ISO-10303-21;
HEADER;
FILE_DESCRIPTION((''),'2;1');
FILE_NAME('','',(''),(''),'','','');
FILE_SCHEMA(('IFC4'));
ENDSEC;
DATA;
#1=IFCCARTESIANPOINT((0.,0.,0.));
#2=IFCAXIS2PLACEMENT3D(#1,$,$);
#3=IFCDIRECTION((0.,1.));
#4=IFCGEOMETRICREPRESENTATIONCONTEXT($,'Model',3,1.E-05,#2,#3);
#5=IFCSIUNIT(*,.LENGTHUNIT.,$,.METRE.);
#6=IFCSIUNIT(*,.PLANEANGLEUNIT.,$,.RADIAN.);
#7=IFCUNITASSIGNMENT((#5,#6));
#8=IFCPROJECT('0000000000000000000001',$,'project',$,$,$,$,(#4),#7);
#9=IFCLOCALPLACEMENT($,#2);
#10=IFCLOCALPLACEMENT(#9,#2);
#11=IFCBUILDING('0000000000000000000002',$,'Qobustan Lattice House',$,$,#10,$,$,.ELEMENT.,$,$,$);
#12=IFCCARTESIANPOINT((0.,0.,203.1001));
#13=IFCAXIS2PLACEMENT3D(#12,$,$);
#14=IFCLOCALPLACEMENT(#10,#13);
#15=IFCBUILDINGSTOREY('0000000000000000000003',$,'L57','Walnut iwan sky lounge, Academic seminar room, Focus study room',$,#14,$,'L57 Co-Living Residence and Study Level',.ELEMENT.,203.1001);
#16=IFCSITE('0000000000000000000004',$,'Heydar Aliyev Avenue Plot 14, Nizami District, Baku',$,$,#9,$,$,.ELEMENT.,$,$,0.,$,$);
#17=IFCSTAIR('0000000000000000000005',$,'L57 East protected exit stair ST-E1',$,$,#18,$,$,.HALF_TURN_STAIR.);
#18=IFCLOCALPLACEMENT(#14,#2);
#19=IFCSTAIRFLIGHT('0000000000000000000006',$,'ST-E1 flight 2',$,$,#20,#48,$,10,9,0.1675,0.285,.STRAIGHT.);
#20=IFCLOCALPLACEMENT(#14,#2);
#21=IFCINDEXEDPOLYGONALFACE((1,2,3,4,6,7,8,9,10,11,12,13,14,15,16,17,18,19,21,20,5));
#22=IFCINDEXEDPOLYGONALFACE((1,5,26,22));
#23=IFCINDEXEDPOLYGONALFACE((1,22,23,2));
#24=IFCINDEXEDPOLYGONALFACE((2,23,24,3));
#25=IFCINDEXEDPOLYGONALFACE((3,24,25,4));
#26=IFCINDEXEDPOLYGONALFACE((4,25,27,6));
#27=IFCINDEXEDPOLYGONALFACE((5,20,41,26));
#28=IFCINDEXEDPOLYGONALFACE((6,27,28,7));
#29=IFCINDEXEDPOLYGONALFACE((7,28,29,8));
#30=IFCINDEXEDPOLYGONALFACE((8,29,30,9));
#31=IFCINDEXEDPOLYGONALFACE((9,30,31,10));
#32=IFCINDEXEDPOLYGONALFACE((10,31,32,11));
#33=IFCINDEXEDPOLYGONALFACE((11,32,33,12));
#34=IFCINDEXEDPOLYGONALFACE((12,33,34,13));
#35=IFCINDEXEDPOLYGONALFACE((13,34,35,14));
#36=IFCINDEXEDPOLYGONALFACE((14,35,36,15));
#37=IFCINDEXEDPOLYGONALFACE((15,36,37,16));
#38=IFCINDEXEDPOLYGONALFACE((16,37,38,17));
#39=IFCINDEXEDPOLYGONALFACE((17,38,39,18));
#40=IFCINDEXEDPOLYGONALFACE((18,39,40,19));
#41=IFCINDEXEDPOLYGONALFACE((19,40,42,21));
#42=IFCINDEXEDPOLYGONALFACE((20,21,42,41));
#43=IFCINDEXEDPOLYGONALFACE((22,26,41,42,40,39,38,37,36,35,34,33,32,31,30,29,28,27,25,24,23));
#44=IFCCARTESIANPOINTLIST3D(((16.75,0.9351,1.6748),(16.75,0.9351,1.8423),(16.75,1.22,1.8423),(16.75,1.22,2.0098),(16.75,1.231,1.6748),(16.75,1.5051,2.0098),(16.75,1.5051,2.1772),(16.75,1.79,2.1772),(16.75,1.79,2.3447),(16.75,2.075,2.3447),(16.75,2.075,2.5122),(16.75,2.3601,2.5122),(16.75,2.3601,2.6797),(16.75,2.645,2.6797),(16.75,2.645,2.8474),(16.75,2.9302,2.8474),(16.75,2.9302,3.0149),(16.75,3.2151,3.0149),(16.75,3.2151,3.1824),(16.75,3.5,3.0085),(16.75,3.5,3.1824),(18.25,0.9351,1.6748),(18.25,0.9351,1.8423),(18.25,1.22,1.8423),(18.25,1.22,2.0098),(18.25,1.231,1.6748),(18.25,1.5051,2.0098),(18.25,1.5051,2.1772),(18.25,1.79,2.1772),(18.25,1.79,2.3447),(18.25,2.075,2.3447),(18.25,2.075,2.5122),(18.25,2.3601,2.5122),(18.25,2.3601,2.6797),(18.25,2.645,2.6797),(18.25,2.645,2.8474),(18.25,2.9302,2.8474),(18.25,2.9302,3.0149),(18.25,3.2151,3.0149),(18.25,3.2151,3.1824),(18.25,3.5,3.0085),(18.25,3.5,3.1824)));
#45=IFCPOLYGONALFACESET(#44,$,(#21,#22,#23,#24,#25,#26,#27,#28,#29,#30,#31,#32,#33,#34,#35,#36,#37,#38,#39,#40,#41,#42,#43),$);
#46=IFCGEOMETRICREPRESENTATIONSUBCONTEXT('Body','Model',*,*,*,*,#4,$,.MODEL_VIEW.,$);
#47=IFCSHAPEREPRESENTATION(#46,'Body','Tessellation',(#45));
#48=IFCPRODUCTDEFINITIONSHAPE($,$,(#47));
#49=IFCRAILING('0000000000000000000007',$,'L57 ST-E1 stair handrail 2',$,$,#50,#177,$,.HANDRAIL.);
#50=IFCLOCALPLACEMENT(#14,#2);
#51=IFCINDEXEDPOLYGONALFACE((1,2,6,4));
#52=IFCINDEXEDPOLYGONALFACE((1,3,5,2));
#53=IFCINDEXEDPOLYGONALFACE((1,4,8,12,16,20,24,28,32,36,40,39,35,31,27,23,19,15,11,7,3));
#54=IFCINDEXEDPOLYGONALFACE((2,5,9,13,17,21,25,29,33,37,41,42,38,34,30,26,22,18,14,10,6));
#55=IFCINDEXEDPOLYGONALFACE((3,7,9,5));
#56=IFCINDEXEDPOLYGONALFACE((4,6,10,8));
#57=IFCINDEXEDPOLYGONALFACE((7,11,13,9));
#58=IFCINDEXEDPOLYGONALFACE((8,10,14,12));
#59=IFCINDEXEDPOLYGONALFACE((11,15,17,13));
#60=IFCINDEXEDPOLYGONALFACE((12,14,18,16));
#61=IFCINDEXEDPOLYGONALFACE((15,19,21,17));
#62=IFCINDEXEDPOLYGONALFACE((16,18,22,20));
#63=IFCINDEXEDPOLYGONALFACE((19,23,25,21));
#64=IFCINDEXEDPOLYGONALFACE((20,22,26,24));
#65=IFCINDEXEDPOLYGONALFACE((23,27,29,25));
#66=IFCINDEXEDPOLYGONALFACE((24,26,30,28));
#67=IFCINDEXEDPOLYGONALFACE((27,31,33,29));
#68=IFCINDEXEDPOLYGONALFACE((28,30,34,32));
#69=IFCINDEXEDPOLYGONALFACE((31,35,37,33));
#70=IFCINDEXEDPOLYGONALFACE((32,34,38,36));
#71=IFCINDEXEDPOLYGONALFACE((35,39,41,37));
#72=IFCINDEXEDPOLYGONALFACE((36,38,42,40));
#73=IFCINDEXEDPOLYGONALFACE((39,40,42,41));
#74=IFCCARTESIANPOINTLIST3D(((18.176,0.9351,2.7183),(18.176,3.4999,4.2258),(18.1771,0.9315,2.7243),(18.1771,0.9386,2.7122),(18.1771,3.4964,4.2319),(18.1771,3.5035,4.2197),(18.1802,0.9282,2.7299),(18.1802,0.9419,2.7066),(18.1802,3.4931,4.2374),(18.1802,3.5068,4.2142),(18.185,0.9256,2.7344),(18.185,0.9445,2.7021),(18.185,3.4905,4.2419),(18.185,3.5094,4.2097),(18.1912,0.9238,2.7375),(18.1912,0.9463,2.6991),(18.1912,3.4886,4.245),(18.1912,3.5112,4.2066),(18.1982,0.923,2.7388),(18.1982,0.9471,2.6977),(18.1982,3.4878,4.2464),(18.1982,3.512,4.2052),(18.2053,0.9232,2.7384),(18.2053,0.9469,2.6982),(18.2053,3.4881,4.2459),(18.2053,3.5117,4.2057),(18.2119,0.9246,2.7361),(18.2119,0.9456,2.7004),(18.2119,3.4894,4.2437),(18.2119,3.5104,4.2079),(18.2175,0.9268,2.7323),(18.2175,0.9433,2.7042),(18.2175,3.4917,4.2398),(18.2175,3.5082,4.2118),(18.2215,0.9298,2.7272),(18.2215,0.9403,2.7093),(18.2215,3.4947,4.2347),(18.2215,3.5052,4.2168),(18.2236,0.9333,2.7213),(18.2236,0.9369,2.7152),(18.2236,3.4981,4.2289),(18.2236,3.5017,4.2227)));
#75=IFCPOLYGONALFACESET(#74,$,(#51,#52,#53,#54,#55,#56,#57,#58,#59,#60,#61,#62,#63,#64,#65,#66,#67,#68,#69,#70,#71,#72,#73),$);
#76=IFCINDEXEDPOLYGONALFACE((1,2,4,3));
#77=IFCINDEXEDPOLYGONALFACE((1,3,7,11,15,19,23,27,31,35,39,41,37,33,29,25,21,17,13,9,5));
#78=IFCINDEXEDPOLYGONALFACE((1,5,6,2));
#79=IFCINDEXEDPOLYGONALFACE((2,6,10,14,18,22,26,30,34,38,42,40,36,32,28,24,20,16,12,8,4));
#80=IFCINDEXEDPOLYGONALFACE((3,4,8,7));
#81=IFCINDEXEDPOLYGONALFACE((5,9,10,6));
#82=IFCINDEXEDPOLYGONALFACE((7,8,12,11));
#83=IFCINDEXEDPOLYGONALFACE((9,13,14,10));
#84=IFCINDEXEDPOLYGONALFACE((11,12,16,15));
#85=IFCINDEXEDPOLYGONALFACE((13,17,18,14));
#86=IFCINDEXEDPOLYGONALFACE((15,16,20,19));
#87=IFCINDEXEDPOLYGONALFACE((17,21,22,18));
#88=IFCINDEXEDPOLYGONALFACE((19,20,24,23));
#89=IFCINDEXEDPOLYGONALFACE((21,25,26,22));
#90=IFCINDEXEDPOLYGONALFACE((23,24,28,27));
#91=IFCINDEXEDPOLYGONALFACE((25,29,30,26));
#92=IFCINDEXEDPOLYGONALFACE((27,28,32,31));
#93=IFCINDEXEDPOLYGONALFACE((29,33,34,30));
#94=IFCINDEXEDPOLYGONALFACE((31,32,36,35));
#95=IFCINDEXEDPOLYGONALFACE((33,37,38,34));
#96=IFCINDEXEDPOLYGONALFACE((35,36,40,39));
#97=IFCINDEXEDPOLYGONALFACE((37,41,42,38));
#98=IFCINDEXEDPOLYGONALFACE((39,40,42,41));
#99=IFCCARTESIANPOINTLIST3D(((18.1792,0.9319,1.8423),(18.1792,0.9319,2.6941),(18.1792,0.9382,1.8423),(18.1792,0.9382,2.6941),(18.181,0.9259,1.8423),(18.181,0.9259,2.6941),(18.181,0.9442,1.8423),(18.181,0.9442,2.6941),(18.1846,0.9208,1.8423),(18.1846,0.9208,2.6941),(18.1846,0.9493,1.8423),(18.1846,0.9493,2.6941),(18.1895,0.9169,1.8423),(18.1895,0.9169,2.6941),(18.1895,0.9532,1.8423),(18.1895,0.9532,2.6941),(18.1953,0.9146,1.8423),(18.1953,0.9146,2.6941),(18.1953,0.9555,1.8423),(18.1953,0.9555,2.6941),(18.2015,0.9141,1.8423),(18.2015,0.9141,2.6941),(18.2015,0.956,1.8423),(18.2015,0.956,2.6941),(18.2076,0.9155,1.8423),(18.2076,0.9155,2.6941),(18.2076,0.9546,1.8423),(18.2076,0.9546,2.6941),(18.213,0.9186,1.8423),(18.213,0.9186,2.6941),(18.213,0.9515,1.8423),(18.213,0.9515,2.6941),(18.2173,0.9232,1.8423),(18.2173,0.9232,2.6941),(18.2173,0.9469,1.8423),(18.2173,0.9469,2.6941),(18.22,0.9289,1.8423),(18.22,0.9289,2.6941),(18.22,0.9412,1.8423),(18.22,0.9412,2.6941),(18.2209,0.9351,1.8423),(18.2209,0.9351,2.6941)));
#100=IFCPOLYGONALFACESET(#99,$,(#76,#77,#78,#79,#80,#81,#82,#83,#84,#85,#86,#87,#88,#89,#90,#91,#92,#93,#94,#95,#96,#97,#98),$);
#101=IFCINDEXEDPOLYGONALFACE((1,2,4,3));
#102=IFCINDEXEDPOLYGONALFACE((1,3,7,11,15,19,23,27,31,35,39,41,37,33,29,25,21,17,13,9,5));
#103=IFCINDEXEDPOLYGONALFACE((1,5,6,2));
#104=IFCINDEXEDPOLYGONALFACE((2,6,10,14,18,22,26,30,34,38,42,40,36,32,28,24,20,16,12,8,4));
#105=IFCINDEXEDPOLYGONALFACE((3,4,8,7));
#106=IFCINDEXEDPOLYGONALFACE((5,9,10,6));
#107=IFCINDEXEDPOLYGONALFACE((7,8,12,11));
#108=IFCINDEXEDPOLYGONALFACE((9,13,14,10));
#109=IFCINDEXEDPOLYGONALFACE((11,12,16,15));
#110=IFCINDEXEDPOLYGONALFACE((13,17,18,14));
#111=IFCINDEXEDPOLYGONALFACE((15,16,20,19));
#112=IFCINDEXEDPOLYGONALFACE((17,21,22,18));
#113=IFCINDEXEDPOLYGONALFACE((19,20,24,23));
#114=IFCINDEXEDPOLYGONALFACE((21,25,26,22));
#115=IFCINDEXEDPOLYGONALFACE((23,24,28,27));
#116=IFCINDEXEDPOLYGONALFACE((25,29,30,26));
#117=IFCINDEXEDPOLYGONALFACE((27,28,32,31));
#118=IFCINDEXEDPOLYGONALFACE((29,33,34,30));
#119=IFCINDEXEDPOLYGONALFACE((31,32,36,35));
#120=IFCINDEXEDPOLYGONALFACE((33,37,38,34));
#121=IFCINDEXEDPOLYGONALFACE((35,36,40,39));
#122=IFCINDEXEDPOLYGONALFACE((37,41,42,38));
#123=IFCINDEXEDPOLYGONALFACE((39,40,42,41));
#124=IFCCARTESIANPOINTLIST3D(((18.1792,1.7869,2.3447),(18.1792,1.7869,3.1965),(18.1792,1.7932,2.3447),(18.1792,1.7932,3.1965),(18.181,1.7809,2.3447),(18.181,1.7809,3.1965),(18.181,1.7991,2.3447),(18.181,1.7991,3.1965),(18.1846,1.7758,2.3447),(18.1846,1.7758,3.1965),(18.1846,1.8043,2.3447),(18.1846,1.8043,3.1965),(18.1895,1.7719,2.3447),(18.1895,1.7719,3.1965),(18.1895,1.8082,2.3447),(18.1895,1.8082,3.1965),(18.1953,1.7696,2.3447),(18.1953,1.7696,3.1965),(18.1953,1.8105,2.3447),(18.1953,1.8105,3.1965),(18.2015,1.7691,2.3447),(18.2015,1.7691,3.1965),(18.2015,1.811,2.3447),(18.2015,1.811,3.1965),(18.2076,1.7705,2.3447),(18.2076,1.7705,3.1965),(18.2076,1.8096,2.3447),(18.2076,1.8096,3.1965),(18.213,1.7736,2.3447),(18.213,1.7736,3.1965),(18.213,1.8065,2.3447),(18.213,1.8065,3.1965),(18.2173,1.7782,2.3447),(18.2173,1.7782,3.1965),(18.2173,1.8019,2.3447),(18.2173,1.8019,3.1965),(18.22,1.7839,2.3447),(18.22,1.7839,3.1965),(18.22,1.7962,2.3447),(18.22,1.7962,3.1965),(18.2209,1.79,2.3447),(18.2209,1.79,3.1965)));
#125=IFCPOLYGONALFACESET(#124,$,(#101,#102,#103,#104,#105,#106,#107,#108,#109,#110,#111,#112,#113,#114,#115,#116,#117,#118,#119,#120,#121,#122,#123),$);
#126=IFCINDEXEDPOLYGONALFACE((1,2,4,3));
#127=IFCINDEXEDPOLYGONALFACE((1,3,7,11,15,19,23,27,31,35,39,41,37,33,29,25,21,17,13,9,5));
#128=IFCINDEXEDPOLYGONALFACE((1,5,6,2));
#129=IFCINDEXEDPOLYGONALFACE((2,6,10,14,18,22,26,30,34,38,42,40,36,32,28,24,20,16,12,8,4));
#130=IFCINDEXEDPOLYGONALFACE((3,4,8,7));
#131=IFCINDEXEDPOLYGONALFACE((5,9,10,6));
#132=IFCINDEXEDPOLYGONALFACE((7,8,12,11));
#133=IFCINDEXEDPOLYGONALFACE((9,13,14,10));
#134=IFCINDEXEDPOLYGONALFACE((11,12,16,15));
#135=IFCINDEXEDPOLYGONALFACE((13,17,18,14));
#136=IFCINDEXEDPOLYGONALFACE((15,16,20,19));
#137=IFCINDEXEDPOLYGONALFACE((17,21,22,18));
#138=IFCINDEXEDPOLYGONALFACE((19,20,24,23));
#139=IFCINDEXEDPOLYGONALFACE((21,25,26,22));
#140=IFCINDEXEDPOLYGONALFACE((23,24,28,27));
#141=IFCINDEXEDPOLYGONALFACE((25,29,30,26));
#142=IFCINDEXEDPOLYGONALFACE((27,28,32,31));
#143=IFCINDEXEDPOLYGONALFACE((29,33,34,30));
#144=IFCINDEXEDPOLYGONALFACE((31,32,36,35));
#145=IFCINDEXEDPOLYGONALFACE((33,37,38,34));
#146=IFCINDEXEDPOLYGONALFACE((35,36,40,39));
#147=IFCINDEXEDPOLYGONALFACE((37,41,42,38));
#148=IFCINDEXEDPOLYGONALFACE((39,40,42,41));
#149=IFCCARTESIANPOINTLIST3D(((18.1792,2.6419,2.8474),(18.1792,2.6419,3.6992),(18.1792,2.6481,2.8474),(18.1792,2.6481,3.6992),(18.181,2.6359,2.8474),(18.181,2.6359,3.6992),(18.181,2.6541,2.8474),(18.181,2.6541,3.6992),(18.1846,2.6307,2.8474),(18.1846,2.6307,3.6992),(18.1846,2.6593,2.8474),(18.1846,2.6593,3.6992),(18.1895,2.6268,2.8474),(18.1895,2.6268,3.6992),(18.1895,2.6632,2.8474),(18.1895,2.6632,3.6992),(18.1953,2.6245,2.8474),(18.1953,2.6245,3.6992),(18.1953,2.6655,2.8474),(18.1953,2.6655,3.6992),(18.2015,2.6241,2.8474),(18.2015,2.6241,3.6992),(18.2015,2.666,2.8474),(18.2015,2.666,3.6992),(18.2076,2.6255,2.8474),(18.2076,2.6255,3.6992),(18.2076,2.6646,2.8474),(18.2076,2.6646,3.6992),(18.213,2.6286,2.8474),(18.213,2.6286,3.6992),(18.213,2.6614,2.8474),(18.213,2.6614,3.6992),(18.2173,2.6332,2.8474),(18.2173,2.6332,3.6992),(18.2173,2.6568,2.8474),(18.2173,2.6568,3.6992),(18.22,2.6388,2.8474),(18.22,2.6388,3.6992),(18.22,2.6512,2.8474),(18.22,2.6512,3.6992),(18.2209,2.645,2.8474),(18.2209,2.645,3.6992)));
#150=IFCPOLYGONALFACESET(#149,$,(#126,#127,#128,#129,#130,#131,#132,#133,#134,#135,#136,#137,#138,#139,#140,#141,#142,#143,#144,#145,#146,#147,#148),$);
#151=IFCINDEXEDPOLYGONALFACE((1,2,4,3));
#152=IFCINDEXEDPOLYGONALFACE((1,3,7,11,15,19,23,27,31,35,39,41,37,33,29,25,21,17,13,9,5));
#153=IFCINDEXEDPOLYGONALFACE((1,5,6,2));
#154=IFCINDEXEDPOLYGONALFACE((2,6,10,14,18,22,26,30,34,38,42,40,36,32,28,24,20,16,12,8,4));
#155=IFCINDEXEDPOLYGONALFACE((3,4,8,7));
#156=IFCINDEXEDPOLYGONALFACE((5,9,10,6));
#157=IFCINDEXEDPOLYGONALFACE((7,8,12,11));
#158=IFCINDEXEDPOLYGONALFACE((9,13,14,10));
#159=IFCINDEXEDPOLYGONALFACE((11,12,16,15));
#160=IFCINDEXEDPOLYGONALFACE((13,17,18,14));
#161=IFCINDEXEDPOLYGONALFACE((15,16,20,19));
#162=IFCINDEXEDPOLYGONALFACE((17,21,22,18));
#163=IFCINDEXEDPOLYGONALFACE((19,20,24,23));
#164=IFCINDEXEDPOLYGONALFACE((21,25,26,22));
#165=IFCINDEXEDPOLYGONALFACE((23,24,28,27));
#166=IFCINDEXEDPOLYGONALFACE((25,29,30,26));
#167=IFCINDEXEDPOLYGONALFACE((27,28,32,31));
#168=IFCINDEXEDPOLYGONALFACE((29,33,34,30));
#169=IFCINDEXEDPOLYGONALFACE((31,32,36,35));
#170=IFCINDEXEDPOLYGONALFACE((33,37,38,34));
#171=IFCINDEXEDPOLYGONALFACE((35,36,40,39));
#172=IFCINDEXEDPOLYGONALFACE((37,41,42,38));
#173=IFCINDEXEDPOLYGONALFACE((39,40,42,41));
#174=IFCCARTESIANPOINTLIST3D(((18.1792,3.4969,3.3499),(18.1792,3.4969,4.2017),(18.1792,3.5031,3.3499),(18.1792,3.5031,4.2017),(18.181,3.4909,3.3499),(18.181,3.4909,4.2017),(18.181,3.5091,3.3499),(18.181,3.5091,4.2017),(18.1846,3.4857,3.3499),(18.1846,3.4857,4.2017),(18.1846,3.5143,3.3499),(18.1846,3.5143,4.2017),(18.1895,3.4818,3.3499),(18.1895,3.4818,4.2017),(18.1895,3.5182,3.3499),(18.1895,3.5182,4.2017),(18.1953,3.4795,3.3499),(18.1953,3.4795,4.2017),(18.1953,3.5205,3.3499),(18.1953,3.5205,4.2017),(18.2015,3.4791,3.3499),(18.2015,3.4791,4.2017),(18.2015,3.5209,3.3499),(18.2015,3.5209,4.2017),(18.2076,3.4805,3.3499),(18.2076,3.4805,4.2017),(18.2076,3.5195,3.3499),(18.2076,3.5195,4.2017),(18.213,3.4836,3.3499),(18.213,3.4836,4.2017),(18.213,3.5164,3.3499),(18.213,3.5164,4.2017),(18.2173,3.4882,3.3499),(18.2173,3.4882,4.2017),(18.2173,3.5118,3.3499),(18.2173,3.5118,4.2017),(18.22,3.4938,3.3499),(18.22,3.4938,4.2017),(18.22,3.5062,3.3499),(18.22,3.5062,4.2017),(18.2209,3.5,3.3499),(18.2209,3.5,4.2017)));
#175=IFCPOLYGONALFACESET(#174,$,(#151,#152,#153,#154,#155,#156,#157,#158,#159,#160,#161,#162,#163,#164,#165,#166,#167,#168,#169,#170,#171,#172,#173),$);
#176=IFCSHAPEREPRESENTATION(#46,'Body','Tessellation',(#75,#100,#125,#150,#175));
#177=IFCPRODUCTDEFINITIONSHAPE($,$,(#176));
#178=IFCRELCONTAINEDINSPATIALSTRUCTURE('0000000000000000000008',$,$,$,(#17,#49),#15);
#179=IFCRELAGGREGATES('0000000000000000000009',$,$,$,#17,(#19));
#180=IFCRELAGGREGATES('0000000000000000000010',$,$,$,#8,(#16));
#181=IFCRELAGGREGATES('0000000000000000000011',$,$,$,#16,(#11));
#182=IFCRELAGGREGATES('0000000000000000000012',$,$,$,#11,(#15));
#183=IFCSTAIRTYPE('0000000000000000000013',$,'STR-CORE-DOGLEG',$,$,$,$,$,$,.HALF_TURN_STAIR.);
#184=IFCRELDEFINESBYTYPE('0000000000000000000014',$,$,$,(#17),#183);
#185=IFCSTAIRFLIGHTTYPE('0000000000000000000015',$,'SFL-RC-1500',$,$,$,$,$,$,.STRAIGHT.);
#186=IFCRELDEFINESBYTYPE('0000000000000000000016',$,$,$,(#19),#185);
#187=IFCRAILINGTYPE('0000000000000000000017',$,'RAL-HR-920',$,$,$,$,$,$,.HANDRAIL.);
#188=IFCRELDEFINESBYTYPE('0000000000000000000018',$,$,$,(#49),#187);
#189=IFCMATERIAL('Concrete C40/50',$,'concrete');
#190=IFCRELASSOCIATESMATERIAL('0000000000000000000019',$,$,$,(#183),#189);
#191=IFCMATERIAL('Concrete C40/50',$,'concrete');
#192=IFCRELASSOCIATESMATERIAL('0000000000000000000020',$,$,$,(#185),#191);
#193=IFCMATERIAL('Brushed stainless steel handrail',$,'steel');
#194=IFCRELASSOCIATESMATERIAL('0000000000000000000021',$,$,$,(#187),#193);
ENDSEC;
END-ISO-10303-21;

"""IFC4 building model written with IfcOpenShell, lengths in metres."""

from ifc_helpers import new_model, si_unit, direction, frame, origin, origin_2d, place, context, subcontext, project, spatial, polyline, circle, outline, extrude, material, type_object, element, aggregate, save


model = new_model("IFC4")

# Units and contexts
model_context = context("Model", 3, precision=1e-05, world=origin(), true_north=direction((0.0, 1.0)))
body_context = subcontext(model_context, "Body", "Model", "MODEL_VIEW")
ifc_project = project(units=[si_unit("LENGTHUNIT", "METRE"), si_unit("PLANEANGLEUNIT", "RADIAN")], contexts=[model_context])

# Site, building, storey
site_placement = place(None, origin())
site = spatial("IfcSite", under=ifc_project, at=site_placement, Name="Heydar Aliyev Avenue Plot 14, Nizami District, Baku", CompositionType="ELEMENT", RefElevation=0.0)
building_placement = place(site_placement, origin())
building = spatial("IfcBuilding", under=site, at=building_placement, Name="Qobustan Lattice House", CompositionType="ELEMENT")
storey_placement = place(building_placement, frame((0.0, 0.0, 203.1001)))
storey = spatial("IfcBuildingStorey", under=building, at=storey_placement, Name="L57", Description="Walnut iwan sky lounge, Academic seminar room, Focus study room", LongName="L57 Co-Living Residence and Study Level", CompositionType="ELEMENT", Elevation=203.1001)

# Stair, stair flight
ifc_material_1 = material(Name="Concrete C40/50", Category="concrete")
stair_type = type_object("IfcStairType", Name="STR-CORE-DOGLEG", PredefinedType="HALF_TURN_STAIR", material=ifc_material_1)
stair_placement = place(storey_placement, origin())
stair = element("IfcStair", 1, at=stair_placement, inside=storey, type_object=stair_type, Name="L57 East protected exit stair ST-E1", PredefinedType="HALF_TURN_STAIR")
ifc_material_2 = material(Name="Concrete C40/50", Category="concrete")
stair_flight_type = type_object("IfcStairFlightType", Name="SFL-RC-1500", PredefinedType="STRAIGHT", material=ifc_material_2)
stair_flight_placement = place(storey_placement, frame((17.5, 0.9351, 1.6748), z_axis=(0.0, 0.0, 1.0), x_axis=(0.0, 1.0, 0.0)))
stair_flight = element("IfcStairFlight", 2, at=stair_flight_placement, type_object=stair_flight_type, Name="ST-E1 flight 2", NumberOfRisers=10, NumberOfTreads=9, PredefinedType="STRAIGHT", RiserHeight=0.1675, TreadLength=0.285, context=body_context, shape_type="SweptSolid", body=[
    extrude(outline(polyline([(0.0, 0.0), (0.0, 0.1675), (0.2849, 0.1675), (0.2849, 0.335), (0.5701, 0.335), (0.5701, 0.5024), (0.855, 0.5024), (0.855, 0.6699), (1.1399, 0.6699), (1.1399, 0.8374), (1.425, 0.8374), (1.425, 1.0049), (1.71, 1.0049), (1.71, 1.1726), (1.9951, 1.1726), (1.9951, 1.3401), (2.28, 1.3401), (2.28, 1.5076), (2.5649, 1.5076), (2.5649, 1.675), (2.5649, 1.3337), (0.2959, 0.0), (0.0, 0.0)])), frame((0.0, 0.75, 0.0), z_axis=(0.0, -1.0, 0.0), x_axis=(1.0, 0.0, 0.0)), (0.0, 0.0, 1.0), 1.5),
])
aggregate(stair, [stair_flight])

# Railing
ifc_material_3 = material(Name="Brushed stainless steel handrail", Category="steel")
railing_type_1 = type_object("IfcRailingType", Name="RAL-HR-920", PredefinedType="HANDRAIL", material=ifc_material_3)
railing_1_placement = place(storey_placement, frame((18.2, 0.9351, 1.8423)))
element("IfcRailing", 3, at=railing_1_placement, inside=storey, type_object=railing_type_1, Name="L57 ST-E1 stair handrail 2", PredefinedType="HANDRAIL", context=body_context, shape_type="SweptSolid", body=[
    extrude(circle(Radius=0.0239, at=origin_2d()), frame((0.0, 0.0, 0.876), z_axis=(0.0, 0.862113, 0.506715), x_axis=(-1.0, 0.0, 0.0)), (0.0, 0.0, 1.0), 2.9751),
    extrude(circle(Radius=0.021, at=origin_2d()), origin(), (0.0, 0.0, 1.0), 0.8518),
    extrude(circle(Radius=0.021, at=origin_2d()), frame((0.0, 0.855, 0.5024)), (0.0, 0.0, 1.0), 0.8518),
    extrude(circle(Radius=0.021, at=origin_2d()), frame((0.0, 1.71, 1.0051)), (0.0, 0.0, 1.0), 0.8518),
    extrude(circle(Radius=0.021, at=origin_2d()), frame((0.0, 2.5649, 1.5076)), (0.0, 0.0, 1.0), 0.8518),
])

save(model, "model.ifc")
